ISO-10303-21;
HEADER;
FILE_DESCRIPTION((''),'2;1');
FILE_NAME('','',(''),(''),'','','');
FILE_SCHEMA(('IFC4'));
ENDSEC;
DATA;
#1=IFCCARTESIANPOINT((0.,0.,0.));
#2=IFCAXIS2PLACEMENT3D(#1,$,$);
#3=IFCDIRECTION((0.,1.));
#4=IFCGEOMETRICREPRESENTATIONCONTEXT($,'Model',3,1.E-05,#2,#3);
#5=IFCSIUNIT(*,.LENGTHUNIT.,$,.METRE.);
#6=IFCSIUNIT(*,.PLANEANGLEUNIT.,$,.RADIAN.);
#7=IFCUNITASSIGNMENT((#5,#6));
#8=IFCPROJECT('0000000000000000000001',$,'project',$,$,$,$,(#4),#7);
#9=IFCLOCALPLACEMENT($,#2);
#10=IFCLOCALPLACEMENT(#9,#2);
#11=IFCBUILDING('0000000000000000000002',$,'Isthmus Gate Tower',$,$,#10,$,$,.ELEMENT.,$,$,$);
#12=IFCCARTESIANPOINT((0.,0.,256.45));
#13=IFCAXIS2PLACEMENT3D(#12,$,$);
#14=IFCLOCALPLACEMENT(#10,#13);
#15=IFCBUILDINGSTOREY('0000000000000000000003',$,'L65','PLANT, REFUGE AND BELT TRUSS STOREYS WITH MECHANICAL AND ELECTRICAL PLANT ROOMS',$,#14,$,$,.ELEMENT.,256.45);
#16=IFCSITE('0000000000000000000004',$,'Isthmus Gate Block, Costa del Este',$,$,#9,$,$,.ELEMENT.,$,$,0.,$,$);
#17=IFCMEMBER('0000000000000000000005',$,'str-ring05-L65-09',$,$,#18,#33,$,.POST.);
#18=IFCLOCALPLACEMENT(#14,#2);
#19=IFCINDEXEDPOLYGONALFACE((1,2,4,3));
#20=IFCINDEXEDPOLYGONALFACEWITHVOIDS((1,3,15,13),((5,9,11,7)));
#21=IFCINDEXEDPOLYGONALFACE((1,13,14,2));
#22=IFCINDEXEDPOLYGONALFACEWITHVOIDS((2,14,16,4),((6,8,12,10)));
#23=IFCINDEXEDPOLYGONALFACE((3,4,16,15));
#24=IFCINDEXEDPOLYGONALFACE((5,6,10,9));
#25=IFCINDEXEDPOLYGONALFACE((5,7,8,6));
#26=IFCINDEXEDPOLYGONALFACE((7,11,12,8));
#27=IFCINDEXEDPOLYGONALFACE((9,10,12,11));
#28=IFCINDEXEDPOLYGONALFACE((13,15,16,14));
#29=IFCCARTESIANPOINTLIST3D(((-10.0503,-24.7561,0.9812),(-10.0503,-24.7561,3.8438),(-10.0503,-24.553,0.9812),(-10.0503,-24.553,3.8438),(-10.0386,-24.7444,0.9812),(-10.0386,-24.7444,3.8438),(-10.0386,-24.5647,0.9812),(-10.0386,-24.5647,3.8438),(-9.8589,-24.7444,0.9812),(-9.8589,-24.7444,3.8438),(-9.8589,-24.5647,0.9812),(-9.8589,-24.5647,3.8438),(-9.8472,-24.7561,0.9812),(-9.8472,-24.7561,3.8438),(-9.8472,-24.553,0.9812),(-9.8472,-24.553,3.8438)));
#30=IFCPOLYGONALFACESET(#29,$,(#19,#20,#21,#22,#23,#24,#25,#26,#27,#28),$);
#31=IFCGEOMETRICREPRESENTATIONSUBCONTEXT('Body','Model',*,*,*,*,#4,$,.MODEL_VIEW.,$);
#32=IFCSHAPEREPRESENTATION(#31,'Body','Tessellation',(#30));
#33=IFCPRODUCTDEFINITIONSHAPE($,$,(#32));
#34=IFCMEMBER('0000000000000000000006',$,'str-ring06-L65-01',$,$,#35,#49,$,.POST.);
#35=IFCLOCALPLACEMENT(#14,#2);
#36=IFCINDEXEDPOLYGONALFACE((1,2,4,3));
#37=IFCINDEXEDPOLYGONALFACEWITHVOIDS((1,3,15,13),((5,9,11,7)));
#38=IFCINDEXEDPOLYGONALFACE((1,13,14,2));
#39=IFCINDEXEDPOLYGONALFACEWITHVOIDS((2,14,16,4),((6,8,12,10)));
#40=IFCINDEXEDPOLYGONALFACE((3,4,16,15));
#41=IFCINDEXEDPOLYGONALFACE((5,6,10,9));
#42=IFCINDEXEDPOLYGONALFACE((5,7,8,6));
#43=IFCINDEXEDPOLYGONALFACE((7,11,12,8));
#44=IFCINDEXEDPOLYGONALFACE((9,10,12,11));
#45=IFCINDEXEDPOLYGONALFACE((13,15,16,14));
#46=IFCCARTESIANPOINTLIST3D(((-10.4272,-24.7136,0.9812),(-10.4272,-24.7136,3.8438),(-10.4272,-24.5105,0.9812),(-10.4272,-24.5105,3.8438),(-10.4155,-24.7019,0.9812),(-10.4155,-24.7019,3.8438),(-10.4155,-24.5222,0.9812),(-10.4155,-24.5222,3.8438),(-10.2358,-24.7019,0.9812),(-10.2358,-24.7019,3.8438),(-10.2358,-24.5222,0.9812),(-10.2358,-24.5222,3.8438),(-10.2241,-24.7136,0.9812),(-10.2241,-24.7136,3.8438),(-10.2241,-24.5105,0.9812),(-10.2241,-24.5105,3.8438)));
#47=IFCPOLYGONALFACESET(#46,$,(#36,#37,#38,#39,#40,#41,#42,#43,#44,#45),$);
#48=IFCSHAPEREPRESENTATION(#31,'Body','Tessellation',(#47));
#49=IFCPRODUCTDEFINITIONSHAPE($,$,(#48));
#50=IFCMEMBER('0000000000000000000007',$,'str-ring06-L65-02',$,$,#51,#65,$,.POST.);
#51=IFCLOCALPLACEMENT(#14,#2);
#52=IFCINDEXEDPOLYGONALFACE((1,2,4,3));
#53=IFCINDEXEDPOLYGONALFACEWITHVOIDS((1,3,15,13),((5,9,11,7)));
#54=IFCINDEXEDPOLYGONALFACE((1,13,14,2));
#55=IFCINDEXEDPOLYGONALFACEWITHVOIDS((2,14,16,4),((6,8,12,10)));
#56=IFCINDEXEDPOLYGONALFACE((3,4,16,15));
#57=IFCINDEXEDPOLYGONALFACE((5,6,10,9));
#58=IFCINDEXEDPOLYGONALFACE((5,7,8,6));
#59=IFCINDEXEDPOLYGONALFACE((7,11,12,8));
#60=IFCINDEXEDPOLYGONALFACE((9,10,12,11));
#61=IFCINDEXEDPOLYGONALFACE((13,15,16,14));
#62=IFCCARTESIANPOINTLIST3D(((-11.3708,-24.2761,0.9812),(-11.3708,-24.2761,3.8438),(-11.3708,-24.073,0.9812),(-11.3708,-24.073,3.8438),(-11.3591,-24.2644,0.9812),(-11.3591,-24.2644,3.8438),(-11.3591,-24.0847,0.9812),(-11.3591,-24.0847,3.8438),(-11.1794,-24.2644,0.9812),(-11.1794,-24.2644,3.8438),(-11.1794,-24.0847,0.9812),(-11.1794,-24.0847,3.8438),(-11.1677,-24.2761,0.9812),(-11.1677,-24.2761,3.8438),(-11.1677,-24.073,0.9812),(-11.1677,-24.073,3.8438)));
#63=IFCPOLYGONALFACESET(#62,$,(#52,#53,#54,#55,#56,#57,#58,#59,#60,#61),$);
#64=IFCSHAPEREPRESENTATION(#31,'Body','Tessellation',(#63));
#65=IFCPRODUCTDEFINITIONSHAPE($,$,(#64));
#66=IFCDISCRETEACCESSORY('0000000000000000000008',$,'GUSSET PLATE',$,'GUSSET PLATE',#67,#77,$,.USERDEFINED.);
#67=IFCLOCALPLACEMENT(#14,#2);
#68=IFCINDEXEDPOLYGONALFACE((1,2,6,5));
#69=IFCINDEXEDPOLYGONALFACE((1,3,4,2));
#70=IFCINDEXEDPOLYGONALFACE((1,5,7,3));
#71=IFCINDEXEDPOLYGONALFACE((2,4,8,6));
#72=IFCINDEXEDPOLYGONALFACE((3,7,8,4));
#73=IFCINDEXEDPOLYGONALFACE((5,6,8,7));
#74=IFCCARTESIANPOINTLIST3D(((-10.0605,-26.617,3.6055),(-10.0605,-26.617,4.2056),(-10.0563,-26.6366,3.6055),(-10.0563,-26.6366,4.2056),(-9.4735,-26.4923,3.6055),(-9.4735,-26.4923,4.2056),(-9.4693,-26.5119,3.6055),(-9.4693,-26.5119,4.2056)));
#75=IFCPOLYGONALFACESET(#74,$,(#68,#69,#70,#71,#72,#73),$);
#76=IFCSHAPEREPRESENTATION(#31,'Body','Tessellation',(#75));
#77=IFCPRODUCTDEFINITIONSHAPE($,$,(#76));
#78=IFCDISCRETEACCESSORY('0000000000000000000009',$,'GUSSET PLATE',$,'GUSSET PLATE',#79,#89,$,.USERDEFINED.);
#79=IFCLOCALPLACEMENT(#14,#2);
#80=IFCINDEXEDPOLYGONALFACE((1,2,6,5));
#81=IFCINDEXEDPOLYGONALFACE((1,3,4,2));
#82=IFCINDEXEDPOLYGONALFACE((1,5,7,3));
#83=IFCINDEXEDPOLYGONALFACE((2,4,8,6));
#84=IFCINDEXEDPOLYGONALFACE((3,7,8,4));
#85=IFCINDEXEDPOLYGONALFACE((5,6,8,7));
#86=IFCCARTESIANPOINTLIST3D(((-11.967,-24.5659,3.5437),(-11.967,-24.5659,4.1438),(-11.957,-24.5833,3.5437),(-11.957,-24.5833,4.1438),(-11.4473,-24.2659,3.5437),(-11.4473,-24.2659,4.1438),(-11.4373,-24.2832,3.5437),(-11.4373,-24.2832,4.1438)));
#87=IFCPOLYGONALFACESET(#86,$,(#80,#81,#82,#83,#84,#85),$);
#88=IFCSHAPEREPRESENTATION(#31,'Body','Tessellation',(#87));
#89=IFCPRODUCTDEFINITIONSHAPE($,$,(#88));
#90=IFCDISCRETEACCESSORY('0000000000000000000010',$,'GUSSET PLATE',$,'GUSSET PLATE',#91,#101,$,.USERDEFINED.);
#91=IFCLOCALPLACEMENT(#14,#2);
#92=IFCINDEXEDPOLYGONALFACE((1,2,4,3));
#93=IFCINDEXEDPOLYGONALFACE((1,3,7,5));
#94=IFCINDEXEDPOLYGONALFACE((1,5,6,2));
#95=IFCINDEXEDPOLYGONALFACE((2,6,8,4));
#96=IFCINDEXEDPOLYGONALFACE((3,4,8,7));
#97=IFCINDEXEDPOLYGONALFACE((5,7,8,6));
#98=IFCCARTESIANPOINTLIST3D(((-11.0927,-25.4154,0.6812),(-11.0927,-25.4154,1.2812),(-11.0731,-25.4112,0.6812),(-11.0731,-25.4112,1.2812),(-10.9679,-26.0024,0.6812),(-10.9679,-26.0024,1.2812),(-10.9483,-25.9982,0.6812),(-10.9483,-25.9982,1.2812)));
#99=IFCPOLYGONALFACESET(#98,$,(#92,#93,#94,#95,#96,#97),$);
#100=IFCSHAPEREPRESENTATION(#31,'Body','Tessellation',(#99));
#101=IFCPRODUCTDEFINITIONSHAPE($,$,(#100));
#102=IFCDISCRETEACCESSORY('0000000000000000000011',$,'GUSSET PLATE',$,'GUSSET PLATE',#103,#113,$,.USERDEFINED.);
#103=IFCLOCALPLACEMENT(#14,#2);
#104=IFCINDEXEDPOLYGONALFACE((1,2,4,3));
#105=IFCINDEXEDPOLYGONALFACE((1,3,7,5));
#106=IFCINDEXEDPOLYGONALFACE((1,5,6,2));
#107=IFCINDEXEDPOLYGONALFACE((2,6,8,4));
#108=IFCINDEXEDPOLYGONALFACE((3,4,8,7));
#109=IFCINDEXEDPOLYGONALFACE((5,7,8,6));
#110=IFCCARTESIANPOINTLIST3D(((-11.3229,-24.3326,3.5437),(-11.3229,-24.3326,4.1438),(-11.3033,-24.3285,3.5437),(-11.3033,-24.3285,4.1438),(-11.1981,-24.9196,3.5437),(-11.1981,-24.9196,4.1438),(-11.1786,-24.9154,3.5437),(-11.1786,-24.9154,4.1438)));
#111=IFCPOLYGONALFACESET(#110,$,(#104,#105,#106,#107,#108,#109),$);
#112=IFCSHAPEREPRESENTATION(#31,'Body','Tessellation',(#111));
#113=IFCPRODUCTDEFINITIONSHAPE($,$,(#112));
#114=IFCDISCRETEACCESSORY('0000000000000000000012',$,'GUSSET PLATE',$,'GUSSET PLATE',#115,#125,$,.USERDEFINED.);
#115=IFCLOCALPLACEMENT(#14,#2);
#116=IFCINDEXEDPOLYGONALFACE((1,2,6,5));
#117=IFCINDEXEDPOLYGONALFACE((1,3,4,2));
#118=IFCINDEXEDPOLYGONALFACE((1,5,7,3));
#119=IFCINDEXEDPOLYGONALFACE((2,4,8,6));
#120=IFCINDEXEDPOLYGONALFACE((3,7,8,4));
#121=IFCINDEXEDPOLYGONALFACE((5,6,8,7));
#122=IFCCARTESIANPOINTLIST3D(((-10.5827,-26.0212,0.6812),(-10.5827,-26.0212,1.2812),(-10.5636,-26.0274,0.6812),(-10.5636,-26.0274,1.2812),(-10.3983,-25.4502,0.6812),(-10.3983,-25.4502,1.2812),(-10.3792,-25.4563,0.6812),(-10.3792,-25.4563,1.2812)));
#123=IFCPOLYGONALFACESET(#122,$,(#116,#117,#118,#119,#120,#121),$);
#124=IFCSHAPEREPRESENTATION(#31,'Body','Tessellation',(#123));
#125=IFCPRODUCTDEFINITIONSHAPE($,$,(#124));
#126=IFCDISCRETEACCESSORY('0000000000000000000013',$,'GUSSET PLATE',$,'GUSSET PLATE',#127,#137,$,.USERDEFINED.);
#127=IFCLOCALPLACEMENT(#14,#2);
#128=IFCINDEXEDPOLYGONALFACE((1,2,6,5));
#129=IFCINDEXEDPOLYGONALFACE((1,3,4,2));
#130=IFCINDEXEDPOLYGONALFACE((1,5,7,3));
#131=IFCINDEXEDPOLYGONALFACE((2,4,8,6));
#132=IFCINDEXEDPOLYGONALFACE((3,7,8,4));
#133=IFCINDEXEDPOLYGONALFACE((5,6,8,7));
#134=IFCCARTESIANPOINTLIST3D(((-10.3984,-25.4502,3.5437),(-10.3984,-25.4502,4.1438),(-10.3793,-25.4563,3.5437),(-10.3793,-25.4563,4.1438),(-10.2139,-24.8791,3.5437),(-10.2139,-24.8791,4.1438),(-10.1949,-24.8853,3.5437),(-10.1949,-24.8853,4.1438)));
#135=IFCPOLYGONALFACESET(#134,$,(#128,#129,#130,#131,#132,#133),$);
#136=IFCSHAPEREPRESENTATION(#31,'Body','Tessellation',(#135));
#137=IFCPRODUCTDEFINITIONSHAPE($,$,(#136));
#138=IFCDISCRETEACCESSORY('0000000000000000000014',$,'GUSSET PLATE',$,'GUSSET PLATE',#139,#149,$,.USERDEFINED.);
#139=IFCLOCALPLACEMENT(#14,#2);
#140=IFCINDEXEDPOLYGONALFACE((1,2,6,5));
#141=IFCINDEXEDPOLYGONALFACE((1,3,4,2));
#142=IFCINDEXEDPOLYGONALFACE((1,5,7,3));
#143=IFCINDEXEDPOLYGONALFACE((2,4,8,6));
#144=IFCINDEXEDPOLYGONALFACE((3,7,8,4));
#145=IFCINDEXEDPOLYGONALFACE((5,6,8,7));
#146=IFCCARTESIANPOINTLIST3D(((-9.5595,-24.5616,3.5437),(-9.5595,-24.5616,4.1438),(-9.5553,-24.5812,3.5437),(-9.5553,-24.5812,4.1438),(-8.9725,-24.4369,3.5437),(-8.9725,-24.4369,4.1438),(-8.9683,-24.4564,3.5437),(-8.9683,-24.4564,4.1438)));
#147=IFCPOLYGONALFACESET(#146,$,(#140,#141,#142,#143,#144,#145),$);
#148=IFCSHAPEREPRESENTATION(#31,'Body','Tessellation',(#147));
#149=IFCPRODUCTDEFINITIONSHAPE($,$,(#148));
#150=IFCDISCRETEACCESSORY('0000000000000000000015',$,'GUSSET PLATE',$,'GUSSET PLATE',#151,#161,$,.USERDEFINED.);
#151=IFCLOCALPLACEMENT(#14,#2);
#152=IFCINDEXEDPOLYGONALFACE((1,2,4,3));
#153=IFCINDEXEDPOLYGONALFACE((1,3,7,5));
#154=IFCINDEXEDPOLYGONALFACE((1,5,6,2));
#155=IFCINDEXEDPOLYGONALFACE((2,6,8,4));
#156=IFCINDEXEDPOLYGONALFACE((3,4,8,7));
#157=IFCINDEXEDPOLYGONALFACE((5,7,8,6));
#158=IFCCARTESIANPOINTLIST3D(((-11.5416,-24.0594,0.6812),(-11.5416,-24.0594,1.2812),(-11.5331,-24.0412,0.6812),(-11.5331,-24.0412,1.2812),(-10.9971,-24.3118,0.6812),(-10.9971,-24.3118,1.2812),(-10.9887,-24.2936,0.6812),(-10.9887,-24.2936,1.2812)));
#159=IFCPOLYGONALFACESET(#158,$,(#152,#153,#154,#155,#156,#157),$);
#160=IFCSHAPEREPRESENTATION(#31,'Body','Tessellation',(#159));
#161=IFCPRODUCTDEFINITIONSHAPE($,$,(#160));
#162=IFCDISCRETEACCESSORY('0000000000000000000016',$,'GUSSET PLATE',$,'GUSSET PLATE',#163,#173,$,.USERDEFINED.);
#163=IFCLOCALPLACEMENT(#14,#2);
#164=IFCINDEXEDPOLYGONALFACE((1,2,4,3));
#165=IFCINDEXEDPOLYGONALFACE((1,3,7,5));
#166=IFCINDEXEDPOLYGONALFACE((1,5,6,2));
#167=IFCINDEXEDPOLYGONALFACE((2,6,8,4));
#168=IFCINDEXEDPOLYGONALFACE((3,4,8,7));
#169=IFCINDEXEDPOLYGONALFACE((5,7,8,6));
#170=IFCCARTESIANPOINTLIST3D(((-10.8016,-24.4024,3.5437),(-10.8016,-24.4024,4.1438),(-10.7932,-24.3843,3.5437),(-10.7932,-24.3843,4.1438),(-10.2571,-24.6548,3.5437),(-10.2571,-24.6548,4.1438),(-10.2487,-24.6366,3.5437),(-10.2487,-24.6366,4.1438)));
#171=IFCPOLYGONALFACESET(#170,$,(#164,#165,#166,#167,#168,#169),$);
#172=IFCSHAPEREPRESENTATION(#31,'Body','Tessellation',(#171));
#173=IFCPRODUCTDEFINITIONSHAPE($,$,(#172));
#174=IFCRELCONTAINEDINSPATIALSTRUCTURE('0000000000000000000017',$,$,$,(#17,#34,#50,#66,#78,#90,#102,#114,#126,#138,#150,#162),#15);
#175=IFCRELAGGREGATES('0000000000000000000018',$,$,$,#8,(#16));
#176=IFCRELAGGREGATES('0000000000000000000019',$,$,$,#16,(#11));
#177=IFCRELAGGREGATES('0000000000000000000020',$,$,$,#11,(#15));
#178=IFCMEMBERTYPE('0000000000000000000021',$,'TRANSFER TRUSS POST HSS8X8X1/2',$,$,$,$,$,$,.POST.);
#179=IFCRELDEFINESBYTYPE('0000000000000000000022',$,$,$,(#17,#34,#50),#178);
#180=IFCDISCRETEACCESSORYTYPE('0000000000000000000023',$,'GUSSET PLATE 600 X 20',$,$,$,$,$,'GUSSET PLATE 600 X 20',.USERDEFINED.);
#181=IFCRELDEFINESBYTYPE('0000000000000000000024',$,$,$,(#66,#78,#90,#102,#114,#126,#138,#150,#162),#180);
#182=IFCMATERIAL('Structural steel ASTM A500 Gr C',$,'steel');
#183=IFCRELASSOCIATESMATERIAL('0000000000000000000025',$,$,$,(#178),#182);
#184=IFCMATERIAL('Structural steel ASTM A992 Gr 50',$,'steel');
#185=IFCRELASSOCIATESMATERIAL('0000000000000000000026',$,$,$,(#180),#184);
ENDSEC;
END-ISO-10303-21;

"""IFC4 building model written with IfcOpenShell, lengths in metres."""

from ifc_helpers import new_model, si_unit, direction, frame, origin, origin_2d, place, context, subcontext, project, spatial, rectangle, hollow_rectangle, extrude, material, material_profile, profile_set, type_object, element, save


model = new_model("IFC4")

# Units and contexts
model_context = context("Model", 3, precision=1e-05, world=origin(), true_north=direction((0.0, 1.0)))
body_context = subcontext(model_context, "Body", "Model", "MODEL_VIEW")
ifc_project = project(units=[si_unit("LENGTHUNIT", "METRE"), si_unit("PLANEANGLEUNIT", "RADIAN")], contexts=[model_context])

# Site, building, storey
site_placement = place(None, origin())
site = spatial("IfcSite", under=ifc_project, at=site_placement, Name="Isthmus Gate Block, Costa del Este", CompositionType="ELEMENT", RefElevation=0.0)
building_placement = place(site_placement, origin())
building = spatial("IfcBuilding", under=site, at=building_placement, Name="Isthmus Gate Tower", CompositionType="ELEMENT")
storey_placement = place(building_placement, frame((0.0, 0.0, 256.45)))
storey = spatial("IfcBuildingStorey", under=building, at=storey_placement, Name="L65", Description="PLANT, REFUGE AND BELT TRUSS STOREYS WITH MECHANICAL AND ELECTRICAL PLANT ROOMS", CompositionType="ELEMENT", Elevation=256.45)

# Members
ifc_material_1 = material(Name="Structural steel ASTM A500 Gr C", Category="steel")
ifc_material_profile_1 = material_profile(ifc_material_1, hollow_rectangle(XDim=0.2031, YDim=0.2031, WallThickness=0.0117, at=origin_2d()), Name="HSS8X8X1/2")
ifc_profile_set_1 = profile_set([ifc_material_profile_1], Name="Structural steel ASTM A500 Gr C")
member_type_1 = type_object("IfcMemberType", Name="TRANSFER TRUSS POST HSS8X8X1/2", PredefinedType="POST", material=ifc_profile_set_1)
for number, where, z_axis, x_axis, name in (
    (1, (-9.9487, -24.6545, 0.9812), (0.0, 0.0, 1.0), (1.0, 0.0, 0.0), "str-ring05-L65-09"),
    (2, (-10.3257, -24.6121, 0.9812), (0.0, 0.0, 1.0), (1.0, 0.0, 0.0), "str-ring06-L65-01"),
    (3, (-11.2693, -24.1746, 0.9812), (0.0, 0.0, 1.0), (1.0, 0.0, 0.0), "str-ring06-L65-02"),
):
    element("IfcMember", number, at=place(storey_placement, frame(where, z_axis=z_axis, x_axis=x_axis)), inside=storey, type_object=member_type_1, Name=name, PredefinedType="POST", context=body_context, shape_type="SweptSolid", body=[
        extrude(hollow_rectangle(XDim=0.2031, YDim=0.2031, WallThickness=0.0117, at=origin_2d()), origin(), (0.0, 0.0, 1.0), 2.8625),
    ])

# Discrete accessories
ifc_material_2 = material(Name="Structural steel ASTM A992 Gr 50", Category="steel")
discrete_accessory_type = type_object("IfcDiscreteAccessoryType", Name="GUSSET PLATE 600 X 20", ElementType="GUSSET PLATE 600 X 20", PredefinedType="USERDEFINED", material=ifc_material_2)
for number, where, z_axis, x_axis, name in (
    (4, (-9.7649, -26.5645, 3.6055), (0.0, 0.0, 1.0), (-0.978148, -0.207912, 0.0), "GUSSET PLATE"),
    (5, (-11.7021, -24.4246, 3.5437), (0.0, 0.0, 1.0), (0.866025, 0.5, 0.0), "GUSSET PLATE"),
    (6, (-11.0205, -25.7068, 0.6812), (0.0, 0.0, 1.0), (-0.207912, 0.978148, 0.0), "GUSSET PLATE"),
    (7, (-11.2507, -24.624, 3.5437), (0.0, 0.0, 1.0), (-0.207912, 0.978148, 0.0), "GUSSET PLATE"),
    (8, (-10.481, -25.7388, 0.6812), (0.0, 0.0, 1.0), (0.307308, 0.95161, 0.0), "GUSSET PLATE"),
    (9, (-10.2966, -25.1677, 3.5437), (0.0, 0.0, 1.0), (0.307308, 0.95161, 0.0), "GUSSET PLATE"),
    (10, (-9.2639, -24.509, 3.5437), (0.0, 0.0, 1.0), (-0.978148, -0.207912, 0.0), "GUSSET PLATE"),
    (11, (-11.2651, -24.1765, 0.6812), (0.0, 0.0, 1.0), (0.907256, -0.420578, 0.0), "GUSSET PLATE"),
    (12, (-10.5251, -24.5195, 3.5437), (0.0, 0.0, 1.0), (0.907256, -0.420578, 0.0), "GUSSET PLATE"),
):
    element("IfcDiscreteAccessory", number, at=place(storey_placement, frame(where, z_axis=z_axis, x_axis=x_axis)), inside=storey, type_object=discrete_accessory_type, Name=name, ObjectType="GUSSET PLATE", PredefinedType="USERDEFINED", context=body_context, shape_type="SweptSolid", body=[
        extrude(rectangle(XDim=0.6001, YDim=0.02, at=origin_2d()), origin(), (0.0, 0.0, 1.0), 0.6001),
    ])

save(model, "model.ifc")
